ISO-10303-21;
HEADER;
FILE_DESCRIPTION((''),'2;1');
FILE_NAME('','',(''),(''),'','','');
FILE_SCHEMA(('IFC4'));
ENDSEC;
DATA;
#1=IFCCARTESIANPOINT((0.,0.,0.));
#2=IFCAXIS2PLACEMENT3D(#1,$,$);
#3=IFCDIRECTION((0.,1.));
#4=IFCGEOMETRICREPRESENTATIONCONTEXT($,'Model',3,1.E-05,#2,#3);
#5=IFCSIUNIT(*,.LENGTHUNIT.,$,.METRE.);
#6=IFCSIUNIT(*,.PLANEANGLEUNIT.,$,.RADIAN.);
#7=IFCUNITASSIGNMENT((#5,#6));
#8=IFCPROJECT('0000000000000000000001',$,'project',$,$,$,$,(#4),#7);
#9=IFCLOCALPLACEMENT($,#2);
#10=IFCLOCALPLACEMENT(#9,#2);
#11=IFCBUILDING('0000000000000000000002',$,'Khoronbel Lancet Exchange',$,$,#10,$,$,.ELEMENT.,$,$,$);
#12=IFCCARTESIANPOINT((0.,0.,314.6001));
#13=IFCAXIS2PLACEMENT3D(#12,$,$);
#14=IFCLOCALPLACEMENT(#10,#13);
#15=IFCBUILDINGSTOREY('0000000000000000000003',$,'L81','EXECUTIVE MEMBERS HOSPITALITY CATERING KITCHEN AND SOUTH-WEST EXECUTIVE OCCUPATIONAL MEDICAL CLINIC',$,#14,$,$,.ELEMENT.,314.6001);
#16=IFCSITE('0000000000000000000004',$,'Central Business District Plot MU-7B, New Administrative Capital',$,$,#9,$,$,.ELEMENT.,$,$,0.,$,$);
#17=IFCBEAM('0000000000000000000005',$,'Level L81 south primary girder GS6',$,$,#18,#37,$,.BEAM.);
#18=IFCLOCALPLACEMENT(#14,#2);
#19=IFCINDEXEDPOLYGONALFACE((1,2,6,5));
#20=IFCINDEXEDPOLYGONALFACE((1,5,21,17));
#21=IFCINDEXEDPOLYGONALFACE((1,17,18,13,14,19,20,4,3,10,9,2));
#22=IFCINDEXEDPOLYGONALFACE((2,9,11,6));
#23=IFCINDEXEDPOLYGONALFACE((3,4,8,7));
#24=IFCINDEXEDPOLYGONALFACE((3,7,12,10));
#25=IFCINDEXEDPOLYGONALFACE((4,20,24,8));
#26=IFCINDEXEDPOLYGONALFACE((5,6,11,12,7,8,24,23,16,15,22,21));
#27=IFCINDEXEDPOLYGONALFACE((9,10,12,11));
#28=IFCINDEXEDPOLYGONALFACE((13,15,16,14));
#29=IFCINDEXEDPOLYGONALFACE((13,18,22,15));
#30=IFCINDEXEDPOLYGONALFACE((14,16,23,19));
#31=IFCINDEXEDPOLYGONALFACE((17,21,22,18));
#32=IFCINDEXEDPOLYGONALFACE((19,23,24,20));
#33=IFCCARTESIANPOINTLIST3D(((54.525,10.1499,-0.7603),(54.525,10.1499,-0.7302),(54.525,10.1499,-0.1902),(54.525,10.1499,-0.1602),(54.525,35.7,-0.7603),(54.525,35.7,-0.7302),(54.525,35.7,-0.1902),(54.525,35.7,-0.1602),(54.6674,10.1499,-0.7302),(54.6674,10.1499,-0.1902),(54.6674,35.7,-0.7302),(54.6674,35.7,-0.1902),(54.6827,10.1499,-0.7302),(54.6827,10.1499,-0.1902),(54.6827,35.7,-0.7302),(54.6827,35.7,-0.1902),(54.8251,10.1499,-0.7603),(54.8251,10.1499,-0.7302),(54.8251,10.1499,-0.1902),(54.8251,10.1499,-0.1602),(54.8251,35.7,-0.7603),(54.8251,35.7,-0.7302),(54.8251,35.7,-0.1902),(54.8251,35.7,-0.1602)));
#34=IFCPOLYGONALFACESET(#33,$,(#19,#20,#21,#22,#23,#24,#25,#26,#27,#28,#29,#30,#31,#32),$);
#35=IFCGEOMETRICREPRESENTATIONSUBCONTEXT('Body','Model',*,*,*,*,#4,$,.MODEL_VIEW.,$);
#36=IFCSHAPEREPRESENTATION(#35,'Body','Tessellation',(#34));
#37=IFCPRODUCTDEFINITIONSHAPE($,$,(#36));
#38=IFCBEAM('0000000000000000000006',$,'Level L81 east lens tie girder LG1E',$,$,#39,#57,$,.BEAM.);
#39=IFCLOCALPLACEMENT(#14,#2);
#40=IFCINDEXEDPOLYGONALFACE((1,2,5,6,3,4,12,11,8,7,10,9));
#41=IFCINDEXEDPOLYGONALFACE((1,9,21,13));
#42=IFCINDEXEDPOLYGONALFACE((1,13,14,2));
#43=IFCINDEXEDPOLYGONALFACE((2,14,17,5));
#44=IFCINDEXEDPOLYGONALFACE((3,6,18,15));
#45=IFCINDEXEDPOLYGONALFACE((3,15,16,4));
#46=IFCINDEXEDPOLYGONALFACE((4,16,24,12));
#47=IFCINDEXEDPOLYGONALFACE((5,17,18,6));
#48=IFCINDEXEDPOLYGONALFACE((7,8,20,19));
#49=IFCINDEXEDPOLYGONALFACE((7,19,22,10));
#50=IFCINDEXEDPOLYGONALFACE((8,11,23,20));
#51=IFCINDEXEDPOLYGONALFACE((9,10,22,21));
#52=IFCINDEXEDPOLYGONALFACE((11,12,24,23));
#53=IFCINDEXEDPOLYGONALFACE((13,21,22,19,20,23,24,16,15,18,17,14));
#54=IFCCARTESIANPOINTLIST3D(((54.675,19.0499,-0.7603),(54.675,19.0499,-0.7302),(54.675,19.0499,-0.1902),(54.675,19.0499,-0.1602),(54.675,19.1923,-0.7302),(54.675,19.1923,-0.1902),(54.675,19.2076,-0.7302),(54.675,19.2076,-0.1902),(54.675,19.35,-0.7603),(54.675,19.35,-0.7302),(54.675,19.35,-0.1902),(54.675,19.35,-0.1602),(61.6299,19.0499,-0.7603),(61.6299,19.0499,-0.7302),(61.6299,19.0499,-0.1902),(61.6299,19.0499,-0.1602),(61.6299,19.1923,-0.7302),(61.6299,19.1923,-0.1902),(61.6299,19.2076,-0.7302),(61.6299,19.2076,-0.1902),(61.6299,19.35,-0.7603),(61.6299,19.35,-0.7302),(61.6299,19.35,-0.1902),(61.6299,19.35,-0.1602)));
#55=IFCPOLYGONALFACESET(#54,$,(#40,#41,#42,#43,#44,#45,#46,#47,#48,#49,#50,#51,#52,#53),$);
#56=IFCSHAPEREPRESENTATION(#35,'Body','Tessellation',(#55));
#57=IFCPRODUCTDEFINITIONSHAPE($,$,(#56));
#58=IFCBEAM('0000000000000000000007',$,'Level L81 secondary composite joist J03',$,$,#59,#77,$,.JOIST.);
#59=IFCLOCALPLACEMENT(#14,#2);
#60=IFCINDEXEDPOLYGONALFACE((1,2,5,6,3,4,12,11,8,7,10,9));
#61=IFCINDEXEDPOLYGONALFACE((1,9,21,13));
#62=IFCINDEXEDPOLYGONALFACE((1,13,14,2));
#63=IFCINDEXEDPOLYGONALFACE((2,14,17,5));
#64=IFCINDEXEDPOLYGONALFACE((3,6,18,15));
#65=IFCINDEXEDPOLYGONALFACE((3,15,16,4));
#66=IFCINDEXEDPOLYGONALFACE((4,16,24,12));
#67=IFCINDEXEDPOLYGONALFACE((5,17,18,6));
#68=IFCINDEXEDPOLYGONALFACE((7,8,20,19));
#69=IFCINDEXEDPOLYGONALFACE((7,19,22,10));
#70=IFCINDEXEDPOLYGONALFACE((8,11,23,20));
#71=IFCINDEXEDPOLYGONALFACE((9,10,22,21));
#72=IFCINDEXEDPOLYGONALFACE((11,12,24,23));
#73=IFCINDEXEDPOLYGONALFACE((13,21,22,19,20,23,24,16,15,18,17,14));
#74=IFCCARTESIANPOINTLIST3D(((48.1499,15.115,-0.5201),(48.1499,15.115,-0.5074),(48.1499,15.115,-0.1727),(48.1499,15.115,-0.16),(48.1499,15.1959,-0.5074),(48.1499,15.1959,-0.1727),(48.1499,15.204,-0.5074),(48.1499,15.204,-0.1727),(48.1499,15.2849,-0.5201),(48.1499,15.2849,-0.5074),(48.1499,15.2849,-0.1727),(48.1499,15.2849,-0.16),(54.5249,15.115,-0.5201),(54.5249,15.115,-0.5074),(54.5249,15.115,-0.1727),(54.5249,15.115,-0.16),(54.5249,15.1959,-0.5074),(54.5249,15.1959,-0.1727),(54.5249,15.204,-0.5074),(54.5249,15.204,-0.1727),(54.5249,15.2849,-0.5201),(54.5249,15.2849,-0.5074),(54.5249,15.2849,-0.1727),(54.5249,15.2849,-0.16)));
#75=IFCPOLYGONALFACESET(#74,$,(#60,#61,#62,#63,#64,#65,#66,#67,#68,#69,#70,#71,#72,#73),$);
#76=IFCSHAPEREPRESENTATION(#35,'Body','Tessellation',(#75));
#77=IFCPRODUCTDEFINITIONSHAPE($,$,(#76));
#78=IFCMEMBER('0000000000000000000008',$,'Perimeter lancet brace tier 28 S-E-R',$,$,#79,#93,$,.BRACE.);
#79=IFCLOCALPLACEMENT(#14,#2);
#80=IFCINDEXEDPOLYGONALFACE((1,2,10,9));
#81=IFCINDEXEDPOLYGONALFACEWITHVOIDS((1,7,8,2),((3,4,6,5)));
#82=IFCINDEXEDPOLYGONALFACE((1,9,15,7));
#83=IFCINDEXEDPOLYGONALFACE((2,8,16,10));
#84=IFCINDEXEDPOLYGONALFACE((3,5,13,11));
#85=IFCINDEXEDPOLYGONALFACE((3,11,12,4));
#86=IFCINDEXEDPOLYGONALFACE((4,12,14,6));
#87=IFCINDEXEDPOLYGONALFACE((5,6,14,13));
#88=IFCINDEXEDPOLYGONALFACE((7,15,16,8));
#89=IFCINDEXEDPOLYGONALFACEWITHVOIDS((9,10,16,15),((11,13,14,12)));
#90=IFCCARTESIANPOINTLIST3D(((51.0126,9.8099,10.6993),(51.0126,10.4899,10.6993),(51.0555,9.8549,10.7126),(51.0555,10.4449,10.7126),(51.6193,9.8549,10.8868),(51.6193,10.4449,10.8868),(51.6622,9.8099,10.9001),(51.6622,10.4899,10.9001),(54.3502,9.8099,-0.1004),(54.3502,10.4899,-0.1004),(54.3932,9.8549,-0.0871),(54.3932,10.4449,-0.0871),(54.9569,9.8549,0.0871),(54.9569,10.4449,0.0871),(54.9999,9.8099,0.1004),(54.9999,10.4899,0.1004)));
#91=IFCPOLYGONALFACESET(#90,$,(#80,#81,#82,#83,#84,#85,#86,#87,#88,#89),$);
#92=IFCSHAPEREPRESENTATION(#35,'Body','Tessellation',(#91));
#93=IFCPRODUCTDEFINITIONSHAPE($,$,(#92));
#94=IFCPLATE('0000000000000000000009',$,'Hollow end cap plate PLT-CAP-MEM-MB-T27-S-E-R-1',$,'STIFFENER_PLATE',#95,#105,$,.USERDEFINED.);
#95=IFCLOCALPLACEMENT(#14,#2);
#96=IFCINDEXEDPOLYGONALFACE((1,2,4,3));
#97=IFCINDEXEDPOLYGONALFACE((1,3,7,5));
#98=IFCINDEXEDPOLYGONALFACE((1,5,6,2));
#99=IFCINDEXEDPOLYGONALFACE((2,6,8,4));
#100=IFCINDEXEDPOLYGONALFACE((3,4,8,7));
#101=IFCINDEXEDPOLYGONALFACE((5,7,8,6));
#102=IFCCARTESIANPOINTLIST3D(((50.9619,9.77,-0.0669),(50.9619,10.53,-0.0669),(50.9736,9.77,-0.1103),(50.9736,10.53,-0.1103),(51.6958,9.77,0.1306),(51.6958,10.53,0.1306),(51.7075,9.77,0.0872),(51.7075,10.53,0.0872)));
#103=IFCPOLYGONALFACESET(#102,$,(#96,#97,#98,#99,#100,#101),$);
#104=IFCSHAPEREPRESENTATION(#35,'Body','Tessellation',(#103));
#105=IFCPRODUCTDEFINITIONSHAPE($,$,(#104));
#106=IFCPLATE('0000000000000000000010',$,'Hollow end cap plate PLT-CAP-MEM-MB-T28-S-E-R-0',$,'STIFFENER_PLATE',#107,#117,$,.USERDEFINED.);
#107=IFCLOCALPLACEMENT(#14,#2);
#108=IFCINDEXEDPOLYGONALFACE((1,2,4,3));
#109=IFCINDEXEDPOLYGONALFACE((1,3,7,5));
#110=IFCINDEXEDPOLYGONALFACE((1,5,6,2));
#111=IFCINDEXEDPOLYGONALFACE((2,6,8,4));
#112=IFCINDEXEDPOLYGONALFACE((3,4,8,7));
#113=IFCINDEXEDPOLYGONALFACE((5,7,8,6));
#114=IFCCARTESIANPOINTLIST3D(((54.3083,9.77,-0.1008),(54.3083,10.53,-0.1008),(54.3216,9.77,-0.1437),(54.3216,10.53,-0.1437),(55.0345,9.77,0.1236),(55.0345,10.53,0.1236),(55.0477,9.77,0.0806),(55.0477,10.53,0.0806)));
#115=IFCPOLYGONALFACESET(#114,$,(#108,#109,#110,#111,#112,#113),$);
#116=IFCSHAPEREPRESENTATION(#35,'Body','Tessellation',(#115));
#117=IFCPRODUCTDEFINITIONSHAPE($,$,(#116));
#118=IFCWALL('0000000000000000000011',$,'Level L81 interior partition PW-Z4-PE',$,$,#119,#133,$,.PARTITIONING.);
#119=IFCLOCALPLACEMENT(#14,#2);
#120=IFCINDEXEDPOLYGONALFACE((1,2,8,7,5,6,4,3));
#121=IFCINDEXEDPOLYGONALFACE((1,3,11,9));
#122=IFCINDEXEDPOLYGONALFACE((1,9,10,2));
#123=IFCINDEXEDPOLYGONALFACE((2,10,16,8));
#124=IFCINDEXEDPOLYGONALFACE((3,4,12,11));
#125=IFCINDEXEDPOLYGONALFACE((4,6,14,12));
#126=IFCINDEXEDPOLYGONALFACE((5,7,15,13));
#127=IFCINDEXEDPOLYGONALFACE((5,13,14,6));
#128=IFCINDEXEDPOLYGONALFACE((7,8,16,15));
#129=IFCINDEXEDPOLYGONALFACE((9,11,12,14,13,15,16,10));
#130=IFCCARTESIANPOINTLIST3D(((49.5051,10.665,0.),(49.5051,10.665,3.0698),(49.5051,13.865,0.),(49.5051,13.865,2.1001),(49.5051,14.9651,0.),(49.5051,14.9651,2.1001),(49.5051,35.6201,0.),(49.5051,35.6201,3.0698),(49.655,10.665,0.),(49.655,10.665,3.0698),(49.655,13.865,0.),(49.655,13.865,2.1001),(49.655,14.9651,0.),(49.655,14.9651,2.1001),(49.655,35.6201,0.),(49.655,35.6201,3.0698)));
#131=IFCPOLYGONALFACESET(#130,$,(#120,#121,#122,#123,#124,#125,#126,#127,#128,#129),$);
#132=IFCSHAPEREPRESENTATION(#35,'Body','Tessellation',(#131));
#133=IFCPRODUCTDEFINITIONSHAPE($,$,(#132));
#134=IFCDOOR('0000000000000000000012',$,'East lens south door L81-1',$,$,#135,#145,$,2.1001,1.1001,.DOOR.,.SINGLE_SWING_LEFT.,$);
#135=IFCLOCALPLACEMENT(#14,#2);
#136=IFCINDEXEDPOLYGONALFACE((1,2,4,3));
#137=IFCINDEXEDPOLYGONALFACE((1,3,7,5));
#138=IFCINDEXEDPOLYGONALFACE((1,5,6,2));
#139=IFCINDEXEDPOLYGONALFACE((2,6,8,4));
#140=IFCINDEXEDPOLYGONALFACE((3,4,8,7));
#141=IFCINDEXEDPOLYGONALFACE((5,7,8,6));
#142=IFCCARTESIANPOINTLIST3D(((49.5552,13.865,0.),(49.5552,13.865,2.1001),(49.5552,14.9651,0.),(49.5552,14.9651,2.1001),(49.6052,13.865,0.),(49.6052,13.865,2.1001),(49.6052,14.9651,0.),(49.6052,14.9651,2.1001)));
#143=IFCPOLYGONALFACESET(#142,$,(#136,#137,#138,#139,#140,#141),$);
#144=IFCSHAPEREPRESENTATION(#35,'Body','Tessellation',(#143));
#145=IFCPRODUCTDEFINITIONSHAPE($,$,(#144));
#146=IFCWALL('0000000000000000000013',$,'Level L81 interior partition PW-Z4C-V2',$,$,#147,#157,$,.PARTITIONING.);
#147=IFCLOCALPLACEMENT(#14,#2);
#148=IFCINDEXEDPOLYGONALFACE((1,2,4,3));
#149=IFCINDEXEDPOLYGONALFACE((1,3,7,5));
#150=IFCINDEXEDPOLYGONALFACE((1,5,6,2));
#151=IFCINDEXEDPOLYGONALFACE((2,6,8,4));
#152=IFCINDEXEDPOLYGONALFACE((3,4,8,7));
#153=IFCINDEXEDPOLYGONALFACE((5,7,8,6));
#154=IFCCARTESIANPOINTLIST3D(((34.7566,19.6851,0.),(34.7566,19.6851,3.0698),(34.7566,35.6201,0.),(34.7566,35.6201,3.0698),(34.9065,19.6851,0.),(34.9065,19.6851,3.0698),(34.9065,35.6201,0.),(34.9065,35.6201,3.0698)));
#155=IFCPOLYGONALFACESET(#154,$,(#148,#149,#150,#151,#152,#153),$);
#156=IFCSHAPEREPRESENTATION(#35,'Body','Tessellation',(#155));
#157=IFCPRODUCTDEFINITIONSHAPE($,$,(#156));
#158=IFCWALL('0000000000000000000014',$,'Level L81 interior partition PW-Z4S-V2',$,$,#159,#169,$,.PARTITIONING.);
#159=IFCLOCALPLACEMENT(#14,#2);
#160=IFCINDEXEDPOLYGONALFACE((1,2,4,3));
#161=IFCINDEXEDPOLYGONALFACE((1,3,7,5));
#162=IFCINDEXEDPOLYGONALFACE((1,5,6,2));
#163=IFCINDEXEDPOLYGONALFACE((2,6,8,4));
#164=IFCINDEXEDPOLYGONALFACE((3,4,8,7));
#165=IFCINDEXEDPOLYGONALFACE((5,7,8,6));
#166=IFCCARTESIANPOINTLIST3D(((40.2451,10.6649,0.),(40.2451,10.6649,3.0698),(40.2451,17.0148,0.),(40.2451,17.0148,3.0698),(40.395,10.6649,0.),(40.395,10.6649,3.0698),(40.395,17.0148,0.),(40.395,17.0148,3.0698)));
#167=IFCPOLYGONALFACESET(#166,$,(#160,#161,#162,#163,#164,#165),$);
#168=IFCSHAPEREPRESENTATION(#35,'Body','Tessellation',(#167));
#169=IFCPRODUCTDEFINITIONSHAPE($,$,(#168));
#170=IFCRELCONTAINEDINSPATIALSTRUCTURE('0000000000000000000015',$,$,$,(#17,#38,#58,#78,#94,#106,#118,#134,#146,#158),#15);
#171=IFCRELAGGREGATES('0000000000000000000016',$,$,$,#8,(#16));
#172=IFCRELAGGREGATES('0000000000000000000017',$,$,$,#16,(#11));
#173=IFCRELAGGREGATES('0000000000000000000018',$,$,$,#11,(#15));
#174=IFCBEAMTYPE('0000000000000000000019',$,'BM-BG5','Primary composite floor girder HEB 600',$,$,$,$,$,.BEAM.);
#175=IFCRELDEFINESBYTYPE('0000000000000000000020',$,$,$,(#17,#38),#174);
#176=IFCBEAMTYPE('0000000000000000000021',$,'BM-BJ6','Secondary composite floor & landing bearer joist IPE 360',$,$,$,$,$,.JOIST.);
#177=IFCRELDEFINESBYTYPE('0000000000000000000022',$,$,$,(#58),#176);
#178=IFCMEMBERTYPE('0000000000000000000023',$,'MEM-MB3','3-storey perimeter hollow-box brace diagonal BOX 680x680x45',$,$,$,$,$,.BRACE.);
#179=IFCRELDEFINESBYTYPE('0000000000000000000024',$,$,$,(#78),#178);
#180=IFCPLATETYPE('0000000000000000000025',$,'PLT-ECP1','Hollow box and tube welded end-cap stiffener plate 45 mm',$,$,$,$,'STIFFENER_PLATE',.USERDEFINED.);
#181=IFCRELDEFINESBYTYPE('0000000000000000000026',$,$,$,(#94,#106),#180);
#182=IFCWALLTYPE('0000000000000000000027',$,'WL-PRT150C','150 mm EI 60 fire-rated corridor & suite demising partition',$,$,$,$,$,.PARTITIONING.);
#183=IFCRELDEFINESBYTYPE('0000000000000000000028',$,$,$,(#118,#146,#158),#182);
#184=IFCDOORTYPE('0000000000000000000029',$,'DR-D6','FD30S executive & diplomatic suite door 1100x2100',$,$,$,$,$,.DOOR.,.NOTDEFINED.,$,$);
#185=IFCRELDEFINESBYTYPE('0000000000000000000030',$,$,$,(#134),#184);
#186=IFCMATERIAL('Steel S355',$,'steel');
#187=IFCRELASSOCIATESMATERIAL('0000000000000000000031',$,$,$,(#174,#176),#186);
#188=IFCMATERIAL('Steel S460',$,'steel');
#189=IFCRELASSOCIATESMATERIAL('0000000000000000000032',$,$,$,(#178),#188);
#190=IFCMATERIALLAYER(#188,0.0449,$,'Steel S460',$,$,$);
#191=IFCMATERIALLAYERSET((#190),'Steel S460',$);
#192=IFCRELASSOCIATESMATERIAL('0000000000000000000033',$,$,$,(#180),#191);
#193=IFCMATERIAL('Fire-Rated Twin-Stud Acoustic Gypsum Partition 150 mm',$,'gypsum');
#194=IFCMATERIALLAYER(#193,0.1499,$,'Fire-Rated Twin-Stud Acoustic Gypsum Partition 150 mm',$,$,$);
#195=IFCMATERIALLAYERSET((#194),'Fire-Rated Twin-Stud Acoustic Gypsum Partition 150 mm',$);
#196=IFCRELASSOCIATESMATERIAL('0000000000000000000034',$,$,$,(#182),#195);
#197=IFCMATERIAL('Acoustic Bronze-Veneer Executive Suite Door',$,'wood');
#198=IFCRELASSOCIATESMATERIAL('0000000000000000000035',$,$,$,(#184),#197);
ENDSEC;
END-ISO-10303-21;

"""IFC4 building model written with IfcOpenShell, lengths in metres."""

from ifc_helpers import new_model, si_unit, direction, frame, frame_2d, origin, origin_2d, place, context, subcontext, project, spatial, polyline, rectangle, hollow_rectangle, i_section, outline, extrude, material, layer, layer_set, material_profile, profile_set, type_object, element, fill, save


model = new_model("IFC4")

# Units and contexts
model_context = context("Model", 3, precision=1e-05, world=origin(), true_north=direction((0.0, 1.0)))
body_context = subcontext(model_context, "Body", "Model", "MODEL_VIEW")
ifc_project = project(units=[si_unit("LENGTHUNIT", "METRE"), si_unit("PLANEANGLEUNIT", "RADIAN")], contexts=[model_context])

# Site, building, storey
site_placement = place(None, origin())
site = spatial("IfcSite", under=ifc_project, at=site_placement, Name="Central Business District Plot MU-7B, New Administrative Capital", CompositionType="ELEMENT", RefElevation=0.0)
building_placement = place(site_placement, origin())
building = spatial("IfcBuilding", under=site, at=building_placement, Name="Khoronbel Lancet Exchange", CompositionType="ELEMENT")
storey_placement = place(building_placement, frame((0.0, 0.0, 314.6001)))
storey = spatial("IfcBuildingStorey", under=building, at=storey_placement, Name="L81", Description="EXECUTIVE MEMBERS HOSPITALITY CATERING KITCHEN AND SOUTH-WEST EXECUTIVE OCCUPATIONAL MEDICAL CLINIC", CompositionType="ELEMENT", Elevation=314.6001)

# Beams
ifc_material_1 = material(Name="Steel S355", Category="steel")
ifc_material_profile_1 = material_profile(ifc_material_1, i_section(OverallWidth=0.3, OverallDepth=0.6001, WebThickness=0.0154, FlangeThickness=0.03, at=origin_2d()), Name="HEB 600")
ifc_profile_set_1 = profile_set([ifc_material_profile_1], Name="Steel S355")
beam_type_1 = type_object("IfcBeamType", Name="BM-BG5", Description="Primary composite floor girder HEB 600", PredefinedType="BEAM", material=ifc_profile_set_1)
beam_1_placement = place(storey_placement, frame((54.675, 10.1499, -0.4602), z_axis=(0.0, 1.0, 0.0), x_axis=(-1.0, 0.0, 0.0)))
element("IfcBeam", 1, at=beam_1_placement, inside=storey, type_object=beam_type_1, Name="Level L81 south primary girder GS6", PredefinedType="BEAM", context=body_context, shape_type="SweptSolid", body=[
    extrude(i_section(OverallWidth=0.3, OverallDepth=0.6001, WebThickness=0.0154, FlangeThickness=0.03, at=origin_2d()), origin(), (0.0, 0.0, 1.0), 25.55),
])
beam_2_placement = place(storey_placement, frame((54.675, 19.2, -0.4602), z_axis=(1.0, 0.0, 0.0), x_axis=(0.0, 1.0, 0.0)))
element("IfcBeam", 2, at=beam_2_placement, inside=storey, type_object=beam_type_1, Name="Level L81 east lens tie girder LG1E", PredefinedType="BEAM", context=body_context, shape_type="SweptSolid", body=[
    extrude(i_section(OverallWidth=0.3, OverallDepth=0.6001, WebThickness=0.0154, FlangeThickness=0.03, at=origin_2d()), origin(), (0.0, 0.0, 1.0), 6.9548),
])
ifc_material_profile_2 = material_profile(ifc_material_1, i_section(OverallWidth=0.1699, OverallDepth=0.3601, WebThickness=0.0081, FlangeThickness=0.0127, at=origin_2d()), Name="IPE 360")
ifc_profile_set_2 = profile_set([ifc_material_profile_2], Name="Steel S355")
beam_type_2 = type_object("IfcBeamType", Name="BM-BJ6", Description="Secondary composite floor & landing bearer joist IPE 360", PredefinedType="JOIST", material=ifc_profile_set_2)
beam_3_placement = place(storey_placement, frame((48.1499, 15.2, -0.3401), z_axis=(1.0, 0.0, 0.0), x_axis=(0.0, 1.0, 0.0)))
element("IfcBeam", 3, at=beam_3_placement, inside=storey, type_object=beam_type_2, Name="Level L81 secondary composite joist J03", PredefinedType="JOIST", context=body_context, shape_type="SweptSolid", body=[
    extrude(i_section(OverallWidth=0.1699, OverallDepth=0.3601, WebThickness=0.0081, FlangeThickness=0.0127, at=origin_2d()), origin(), (0.0, 0.0, 1.0), 6.375),
])

# Member
ifc_material_2 = material(Name="Steel S460", Category="steel")
ifc_material_profile_3 = material_profile(ifc_material_2, hollow_rectangle(XDim=0.6799, YDim=0.6799, WallThickness=0.0449, at=origin_2d()), Name="BOX 680x680x45")
ifc_profile_set_3 = profile_set([ifc_material_profile_3], Name="Steel S460")
member_type = type_object("IfcMemberType", Name="MEM-MB3", Description="3-storey perimeter hollow-box brace diagonal BOX 680x680x45", PredefinedType="BRACE", material=ifc_profile_set_3)
member_placement = place(storey_placement, frame((54.675, 10.1499, 0.0), z_axis=(-0.295268, 0.0, 0.955414), x_axis=(0.0, -1.0, 0.0)))
element("IfcMember", 4, at=member_placement, inside=storey, type_object=member_type, Name="Perimeter lancet brace tier 28 S-E-R", PredefinedType="BRACE", context=body_context, shape_type="SweptSolid", body=[
    extrude(hollow_rectangle(XDim=0.6799, YDim=0.6799, WallThickness=0.0449, at=origin_2d()), origin(), (0.0, 0.0, 1.0), 11.3037),
])

# Plates
ifc_layer_1 = layer(ifc_material_2, 0.0449, Name="Steel S460")
ifc_layer_set_1 = layer_set([ifc_layer_1], Name="Steel S460")
plate_type = type_object("IfcPlateType", Name="PLT-ECP1", Description="Hollow box and tube welded end-cap stiffener plate 45 mm", ElementType="STIFFENER_PLATE", PredefinedType="USERDEFINED", material=ifc_layer_set_1)
for number, where, z_axis, x_axis, name in (
    (5, (50.9619, 10.53, -0.0669), (-0.259881, 0.0, 0.965641), (0.0, -1.0, 0.0), "Hollow end cap plate PLT-CAP-MEM-MB-T27-S-E-R-1"),
    (6, (54.3083, 10.53, -0.1008), (-0.295237, 0.0, 0.955424), (0.0, -1.0, 0.0), "Hollow end cap plate PLT-CAP-MEM-MB-T28-S-E-R-0"),
):
    element("IfcPlate", number, at=place(storey_placement, frame(where, z_axis=z_axis, x_axis=x_axis)), inside=storey, type_object=plate_type, Name=name, ObjectType="STIFFENER_PLATE", PredefinedType="USERDEFINED", context=body_context, shape_type="SweptSolid", body=[
        extrude(outline(polyline([(0.0, 0.0), (0.76, 0.0), (0.76, 0.76), (0.0, 0.76), (0.0, 0.0)])), origin(), (0.0, 0.0, -1.0), 0.0449),
    ])

# Wall, opening, door
ifc_material_3 = material(Name="Fire-Rated Twin-Stud Acoustic Gypsum Partition 150 mm", Category="gypsum")
ifc_layer_2 = layer(ifc_material_3, 0.1499, Name="Fire-Rated Twin-Stud Acoustic Gypsum Partition 150 mm")
ifc_layer_set_2 = layer_set([ifc_layer_2], Name="Fire-Rated Twin-Stud Acoustic Gypsum Partition 150 mm")
wall_type_1 = type_object("IfcWallType", Name="WL-PRT150C", Description="150 mm EI 60 fire-rated corridor & suite demising partition", PredefinedType="PARTITIONING", material=ifc_layer_set_2)
wall_1_placement = place(storey_placement, frame((49.5801, 10.665, 0.0), z_axis=(0.0, 0.0, 1.0), x_axis=(0.0, 1.0, 0.0)))
wall_1 = element("IfcWall", 7, at=wall_1_placement, inside=storey, type_object=wall_type_1, Name="Level L81 interior partition PW-Z4-PE", PredefinedType="PARTITIONING", context=body_context, shape_type="SweptSolid", body=[
    extrude(rectangle(XDim=24.9551, YDim=0.1499, at=frame_2d((12.4775, 0.0))), origin(), (0.0, 0.0, 1.0), 3.0698),
])
opening_1_placement = place(wall_1_placement, frame((3.2, 0.0, 0.0)))
opening_1 = element("IfcOpeningElement", 8, at=opening_1_placement, cuts=wall_1, PredefinedType="OPENING", context=body_context, shape_type="SweptSolid", body=[
    extrude(rectangle(XDim=1.1001, YDim=2.1001, at=frame_2d((0.55, 1.05))), frame((0.0, 0.085, 0.0), z_axis=(0.0, -1.0, 0.0), x_axis=(1.0, 0.0, 0.0)), (0.0, 0.0, 1.0), 0.1699),
])
ifc_material_4 = material(Name="Acoustic Bronze-Veneer Executive Suite Door", Category="wood")
door_type_1 = type_object("IfcDoorType", Name="DR-D6", Description="FD30S executive & diplomatic suite door 1100x2100", OperationType="NOTDEFINED", PredefinedType="DOOR", material=ifc_material_4)
door_1_placement = place(opening_1_placement, origin())
door_1 = element("IfcDoor", 9, at=door_1_placement, inside=storey, type_object=door_type_1, Name="East lens south door L81-1", OperationType="SINGLE_SWING_LEFT", OverallHeight=2.1001, OverallWidth=1.1001, PredefinedType="DOOR", context=body_context, shape_type="SweptSolid", body=[
    extrude(rectangle(XDim=1.1001, YDim=2.1001, at=frame_2d((0.55, 1.05))), frame((0.0, 0.0249, 0.0), z_axis=(0.0, -1.0, 0.0), x_axis=(1.0, 0.0, 0.0)), (0.0, 0.0, 1.0), 0.05),
])
fill(opening_1, door_1)

# Walls
wall_2_placement = place(storey_placement, frame((34.8315, 19.6851, 0.0), z_axis=(0.0, 0.0, 1.0), x_axis=(0.0, 1.0, 0.0)))
element("IfcWall", 10, at=wall_2_placement, inside=storey, type_object=wall_type_1, Name="Level L81 interior partition PW-Z4C-V2", PredefinedType="PARTITIONING", context=body_context, shape_type="SweptSolid", body=[
    extrude(rectangle(XDim=15.9351, YDim=0.1499, at=frame_2d((7.9675, 0.0))), origin(), (0.0, 0.0, 1.0), 3.0698),
])
wall_3_placement = place(storey_placement, frame((40.3201, 10.665, 0.0), z_axis=(0.0, 0.0, 1.0), x_axis=(0.0, 1.0, 0.0)))
element("IfcWall", 11, at=wall_3_placement, inside=storey, type_object=wall_type_1, Name="Level L81 interior partition PW-Z4S-V2", PredefinedType="PARTITIONING", context=body_context, shape_type="SweptSolid", body=[
    extrude(rectangle(XDim=6.3499, YDim=0.1499, at=frame_2d((3.1748, 0.0))), origin(), (0.0, 0.0, 1.0), 3.0698),
])

save(model, "model.ifc")
